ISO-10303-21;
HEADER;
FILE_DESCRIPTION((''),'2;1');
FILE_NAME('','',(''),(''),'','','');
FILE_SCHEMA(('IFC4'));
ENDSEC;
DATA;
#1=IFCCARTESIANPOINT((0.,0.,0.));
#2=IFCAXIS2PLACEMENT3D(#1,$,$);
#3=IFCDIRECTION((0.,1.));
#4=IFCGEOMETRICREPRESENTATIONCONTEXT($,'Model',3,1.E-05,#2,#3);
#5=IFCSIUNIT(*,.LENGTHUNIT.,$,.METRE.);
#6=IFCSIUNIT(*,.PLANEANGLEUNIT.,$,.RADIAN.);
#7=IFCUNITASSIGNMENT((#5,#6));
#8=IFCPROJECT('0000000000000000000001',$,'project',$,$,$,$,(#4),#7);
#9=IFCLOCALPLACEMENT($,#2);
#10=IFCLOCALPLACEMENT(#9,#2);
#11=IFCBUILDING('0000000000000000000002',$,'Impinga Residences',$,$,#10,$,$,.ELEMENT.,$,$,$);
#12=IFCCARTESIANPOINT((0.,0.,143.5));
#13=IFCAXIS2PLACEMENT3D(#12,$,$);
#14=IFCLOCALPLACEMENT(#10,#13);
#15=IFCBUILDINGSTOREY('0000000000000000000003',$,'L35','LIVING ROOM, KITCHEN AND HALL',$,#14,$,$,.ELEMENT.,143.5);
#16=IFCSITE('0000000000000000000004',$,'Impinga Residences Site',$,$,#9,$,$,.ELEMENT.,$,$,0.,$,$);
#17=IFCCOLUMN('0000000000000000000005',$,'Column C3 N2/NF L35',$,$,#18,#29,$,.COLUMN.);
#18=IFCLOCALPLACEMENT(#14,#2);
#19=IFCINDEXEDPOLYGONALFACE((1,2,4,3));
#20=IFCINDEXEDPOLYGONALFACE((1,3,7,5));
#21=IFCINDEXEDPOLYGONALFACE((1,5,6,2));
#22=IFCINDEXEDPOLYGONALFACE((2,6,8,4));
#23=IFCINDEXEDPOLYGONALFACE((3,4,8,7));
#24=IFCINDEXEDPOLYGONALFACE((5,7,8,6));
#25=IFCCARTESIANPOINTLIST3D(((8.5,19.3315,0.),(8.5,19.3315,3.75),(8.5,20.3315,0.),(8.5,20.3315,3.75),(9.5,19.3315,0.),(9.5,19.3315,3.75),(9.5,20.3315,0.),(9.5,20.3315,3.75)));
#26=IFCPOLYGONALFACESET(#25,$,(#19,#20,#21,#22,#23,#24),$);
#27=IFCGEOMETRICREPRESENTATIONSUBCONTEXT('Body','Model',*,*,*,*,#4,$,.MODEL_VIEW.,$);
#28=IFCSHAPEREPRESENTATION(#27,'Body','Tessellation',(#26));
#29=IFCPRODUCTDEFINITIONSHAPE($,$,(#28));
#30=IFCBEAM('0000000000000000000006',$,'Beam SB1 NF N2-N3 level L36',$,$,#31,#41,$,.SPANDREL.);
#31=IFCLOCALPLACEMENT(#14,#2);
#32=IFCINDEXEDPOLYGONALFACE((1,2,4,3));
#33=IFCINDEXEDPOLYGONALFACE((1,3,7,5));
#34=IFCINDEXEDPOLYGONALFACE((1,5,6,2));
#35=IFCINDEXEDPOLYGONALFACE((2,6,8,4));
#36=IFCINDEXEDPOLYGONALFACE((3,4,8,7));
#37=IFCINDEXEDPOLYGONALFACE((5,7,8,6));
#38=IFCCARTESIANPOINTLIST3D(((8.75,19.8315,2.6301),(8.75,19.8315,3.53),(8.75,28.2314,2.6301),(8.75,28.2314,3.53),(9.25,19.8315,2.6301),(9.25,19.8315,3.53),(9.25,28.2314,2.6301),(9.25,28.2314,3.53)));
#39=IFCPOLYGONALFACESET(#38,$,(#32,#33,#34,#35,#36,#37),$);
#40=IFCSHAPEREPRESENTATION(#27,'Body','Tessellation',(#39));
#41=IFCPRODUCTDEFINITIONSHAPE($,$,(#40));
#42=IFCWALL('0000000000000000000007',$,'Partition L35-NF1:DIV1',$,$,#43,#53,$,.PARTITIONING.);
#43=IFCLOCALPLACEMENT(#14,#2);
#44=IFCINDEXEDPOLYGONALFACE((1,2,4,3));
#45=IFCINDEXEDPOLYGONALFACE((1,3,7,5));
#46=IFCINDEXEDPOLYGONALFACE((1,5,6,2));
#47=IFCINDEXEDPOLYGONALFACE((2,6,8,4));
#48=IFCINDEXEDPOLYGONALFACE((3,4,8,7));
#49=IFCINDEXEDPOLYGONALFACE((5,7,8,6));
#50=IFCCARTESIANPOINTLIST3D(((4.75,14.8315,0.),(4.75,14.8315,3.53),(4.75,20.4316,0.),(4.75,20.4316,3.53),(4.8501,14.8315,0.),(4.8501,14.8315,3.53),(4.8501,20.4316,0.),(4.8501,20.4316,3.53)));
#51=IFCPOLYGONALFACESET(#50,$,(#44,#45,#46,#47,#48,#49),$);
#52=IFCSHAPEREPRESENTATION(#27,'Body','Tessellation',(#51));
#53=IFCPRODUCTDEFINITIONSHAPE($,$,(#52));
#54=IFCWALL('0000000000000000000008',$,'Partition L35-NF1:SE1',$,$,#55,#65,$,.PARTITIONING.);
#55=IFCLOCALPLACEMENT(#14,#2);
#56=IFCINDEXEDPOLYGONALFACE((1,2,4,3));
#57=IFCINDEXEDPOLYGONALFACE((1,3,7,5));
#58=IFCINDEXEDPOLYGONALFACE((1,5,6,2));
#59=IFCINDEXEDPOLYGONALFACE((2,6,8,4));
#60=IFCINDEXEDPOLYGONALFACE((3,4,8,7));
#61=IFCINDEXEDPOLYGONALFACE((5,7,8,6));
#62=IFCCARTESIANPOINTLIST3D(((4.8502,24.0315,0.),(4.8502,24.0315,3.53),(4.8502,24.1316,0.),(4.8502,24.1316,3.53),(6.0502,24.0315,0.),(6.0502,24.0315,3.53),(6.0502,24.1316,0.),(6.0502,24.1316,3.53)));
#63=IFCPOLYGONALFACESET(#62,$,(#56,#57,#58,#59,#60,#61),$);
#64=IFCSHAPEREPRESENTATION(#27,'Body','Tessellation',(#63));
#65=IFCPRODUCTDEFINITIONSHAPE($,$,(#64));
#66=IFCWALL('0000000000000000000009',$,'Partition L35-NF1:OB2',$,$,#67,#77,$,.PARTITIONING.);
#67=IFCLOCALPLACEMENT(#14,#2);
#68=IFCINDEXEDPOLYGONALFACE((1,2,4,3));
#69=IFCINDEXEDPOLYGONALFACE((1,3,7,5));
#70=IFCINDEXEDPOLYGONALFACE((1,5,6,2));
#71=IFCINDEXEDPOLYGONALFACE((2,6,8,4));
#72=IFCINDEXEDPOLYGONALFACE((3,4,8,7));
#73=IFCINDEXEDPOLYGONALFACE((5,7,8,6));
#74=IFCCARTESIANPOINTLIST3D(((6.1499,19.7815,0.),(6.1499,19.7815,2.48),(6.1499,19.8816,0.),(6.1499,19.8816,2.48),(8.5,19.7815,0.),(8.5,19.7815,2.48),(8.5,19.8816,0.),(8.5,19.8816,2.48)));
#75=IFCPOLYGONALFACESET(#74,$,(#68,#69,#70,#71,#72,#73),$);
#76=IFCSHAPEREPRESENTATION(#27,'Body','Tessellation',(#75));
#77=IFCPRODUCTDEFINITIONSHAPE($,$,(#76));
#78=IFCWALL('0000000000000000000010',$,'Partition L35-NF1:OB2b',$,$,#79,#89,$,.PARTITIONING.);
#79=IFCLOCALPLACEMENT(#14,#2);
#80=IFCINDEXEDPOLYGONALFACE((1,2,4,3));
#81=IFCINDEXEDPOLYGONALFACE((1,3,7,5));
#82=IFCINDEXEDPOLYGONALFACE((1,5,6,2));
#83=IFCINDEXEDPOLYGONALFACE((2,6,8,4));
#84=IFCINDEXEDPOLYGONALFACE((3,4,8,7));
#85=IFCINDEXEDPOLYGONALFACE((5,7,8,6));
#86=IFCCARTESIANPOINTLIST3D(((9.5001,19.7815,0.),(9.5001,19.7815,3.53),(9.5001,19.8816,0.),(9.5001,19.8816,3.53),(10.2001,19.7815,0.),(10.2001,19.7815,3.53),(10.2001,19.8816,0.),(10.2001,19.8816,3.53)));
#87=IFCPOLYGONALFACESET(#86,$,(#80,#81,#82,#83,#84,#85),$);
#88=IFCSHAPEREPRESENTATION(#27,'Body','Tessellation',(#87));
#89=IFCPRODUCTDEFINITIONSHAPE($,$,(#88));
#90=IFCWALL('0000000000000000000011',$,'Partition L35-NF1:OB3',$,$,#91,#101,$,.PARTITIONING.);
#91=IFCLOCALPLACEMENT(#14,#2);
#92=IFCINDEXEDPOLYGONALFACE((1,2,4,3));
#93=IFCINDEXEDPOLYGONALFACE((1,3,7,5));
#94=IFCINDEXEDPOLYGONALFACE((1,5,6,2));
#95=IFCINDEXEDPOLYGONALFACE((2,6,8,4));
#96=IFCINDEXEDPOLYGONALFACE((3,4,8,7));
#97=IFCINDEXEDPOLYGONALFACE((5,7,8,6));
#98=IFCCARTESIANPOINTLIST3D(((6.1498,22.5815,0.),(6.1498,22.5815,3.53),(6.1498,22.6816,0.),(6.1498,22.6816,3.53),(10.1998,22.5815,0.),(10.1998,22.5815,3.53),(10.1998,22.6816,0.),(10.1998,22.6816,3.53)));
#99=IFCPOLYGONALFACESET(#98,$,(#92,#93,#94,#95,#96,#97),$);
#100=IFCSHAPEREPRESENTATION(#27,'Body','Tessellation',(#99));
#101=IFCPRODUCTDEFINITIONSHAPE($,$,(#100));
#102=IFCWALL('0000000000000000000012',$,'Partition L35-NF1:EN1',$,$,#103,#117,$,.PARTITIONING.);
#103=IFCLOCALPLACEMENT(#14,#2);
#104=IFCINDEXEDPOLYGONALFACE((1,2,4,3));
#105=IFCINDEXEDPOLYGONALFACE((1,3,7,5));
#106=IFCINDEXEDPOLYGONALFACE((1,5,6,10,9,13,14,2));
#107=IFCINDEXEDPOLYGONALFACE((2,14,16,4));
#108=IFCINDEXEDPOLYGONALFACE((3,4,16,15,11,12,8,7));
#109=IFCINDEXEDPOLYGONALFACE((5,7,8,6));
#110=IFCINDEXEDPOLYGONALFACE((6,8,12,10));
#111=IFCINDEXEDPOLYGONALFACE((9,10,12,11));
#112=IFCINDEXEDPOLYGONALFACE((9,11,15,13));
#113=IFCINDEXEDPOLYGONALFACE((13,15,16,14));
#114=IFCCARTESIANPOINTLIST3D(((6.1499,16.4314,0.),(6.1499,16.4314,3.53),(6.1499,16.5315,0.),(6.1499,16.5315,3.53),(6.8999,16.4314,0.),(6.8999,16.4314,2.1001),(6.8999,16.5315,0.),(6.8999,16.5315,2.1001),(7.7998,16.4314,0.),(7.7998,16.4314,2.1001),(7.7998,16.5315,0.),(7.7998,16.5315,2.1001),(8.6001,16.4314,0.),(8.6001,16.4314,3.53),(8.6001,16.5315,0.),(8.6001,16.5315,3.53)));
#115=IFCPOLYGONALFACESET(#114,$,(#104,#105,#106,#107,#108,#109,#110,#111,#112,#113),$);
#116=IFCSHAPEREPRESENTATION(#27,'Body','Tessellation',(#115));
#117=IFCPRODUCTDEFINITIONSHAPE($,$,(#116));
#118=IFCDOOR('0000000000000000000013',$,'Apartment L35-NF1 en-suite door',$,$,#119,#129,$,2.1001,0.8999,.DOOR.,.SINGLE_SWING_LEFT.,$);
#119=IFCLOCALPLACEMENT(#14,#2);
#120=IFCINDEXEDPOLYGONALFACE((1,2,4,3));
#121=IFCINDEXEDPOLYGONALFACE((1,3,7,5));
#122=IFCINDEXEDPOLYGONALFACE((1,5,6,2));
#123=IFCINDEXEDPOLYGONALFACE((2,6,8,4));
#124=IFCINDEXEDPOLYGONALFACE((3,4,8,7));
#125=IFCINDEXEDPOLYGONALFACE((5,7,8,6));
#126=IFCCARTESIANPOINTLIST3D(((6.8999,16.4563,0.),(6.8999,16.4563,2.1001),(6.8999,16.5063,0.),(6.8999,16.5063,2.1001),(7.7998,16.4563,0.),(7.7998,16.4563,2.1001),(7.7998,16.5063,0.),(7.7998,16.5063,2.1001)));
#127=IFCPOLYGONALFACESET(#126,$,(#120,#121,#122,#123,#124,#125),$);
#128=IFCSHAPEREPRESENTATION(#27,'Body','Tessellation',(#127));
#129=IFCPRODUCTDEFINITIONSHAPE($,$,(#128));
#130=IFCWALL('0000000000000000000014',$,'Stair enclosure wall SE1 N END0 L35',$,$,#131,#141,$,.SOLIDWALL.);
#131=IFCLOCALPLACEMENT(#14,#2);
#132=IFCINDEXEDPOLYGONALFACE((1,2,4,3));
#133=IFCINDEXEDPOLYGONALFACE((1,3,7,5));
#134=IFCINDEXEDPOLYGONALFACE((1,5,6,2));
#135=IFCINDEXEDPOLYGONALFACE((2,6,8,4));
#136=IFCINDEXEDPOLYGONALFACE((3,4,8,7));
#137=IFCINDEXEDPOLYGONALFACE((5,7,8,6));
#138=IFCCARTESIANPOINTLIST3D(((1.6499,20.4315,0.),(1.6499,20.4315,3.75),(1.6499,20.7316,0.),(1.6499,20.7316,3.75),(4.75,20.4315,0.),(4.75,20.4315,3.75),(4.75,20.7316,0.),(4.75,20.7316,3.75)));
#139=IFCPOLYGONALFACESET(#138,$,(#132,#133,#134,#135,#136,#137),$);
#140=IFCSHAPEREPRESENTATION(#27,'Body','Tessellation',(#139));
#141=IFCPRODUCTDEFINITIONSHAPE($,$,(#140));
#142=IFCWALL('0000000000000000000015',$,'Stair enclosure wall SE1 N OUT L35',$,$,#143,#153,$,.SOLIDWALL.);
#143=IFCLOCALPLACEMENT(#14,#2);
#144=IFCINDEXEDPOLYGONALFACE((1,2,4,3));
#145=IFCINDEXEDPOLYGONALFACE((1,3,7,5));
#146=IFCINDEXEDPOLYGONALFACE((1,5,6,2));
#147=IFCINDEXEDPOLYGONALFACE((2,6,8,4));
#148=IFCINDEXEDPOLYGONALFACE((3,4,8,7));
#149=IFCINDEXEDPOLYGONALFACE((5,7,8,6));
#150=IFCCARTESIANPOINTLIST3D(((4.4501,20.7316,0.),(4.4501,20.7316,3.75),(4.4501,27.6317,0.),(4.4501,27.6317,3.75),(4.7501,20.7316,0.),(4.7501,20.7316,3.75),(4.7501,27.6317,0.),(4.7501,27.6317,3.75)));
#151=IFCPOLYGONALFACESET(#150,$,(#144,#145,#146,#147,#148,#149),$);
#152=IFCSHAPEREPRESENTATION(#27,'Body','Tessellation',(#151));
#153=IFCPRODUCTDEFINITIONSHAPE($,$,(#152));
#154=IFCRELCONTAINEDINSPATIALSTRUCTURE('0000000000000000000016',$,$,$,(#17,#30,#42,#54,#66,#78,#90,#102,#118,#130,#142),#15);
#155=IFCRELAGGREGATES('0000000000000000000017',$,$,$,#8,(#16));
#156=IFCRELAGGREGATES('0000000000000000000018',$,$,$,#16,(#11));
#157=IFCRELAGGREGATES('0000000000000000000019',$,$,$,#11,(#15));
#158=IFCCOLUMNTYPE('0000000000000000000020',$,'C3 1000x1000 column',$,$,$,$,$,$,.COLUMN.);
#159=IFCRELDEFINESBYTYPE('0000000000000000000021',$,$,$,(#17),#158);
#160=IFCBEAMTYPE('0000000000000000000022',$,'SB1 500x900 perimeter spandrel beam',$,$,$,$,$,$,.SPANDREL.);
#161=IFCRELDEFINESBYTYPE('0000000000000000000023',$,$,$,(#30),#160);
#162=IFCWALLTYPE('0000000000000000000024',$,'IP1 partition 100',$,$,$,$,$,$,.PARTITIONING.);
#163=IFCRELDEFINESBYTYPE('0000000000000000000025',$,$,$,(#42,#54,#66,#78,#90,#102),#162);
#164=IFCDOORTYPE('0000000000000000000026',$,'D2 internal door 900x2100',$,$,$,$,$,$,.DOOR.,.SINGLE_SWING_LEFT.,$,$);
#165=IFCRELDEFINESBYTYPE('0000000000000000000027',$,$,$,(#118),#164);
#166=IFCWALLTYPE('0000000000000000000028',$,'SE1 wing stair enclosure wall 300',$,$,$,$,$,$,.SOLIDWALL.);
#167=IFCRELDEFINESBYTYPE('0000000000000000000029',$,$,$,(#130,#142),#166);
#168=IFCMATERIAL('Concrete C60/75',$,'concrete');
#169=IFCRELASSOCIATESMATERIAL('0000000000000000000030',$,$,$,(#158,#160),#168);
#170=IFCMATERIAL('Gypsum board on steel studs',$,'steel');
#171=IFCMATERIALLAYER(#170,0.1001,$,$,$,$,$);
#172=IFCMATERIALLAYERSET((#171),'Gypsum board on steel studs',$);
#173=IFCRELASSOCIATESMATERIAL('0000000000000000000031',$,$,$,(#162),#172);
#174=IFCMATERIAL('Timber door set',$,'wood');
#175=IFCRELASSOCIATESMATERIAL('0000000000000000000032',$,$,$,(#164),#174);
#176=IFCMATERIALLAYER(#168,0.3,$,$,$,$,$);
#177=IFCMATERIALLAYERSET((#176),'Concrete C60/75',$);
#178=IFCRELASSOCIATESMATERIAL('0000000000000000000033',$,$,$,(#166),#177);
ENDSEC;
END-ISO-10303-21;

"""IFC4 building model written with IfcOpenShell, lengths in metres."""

from ifc_helpers import new_model, si_unit, direction, frame, frame_2d, origin, origin_2d, place, context, subcontext, project, spatial, rectangle, extrude, material, layer, layer_set, material_profile, profile_set, type_object, element, fill, save


model = new_model("IFC4")

# Units and contexts
model_context = context("Model", 3, precision=1e-05, world=origin(), true_north=direction((0.0, 1.0)))
body_context = subcontext(model_context, "Body", "Model", "MODEL_VIEW")
ifc_project = project(units=[si_unit("LENGTHUNIT", "METRE"), si_unit("PLANEANGLEUNIT", "RADIAN")], contexts=[model_context])

# Site, building, storey
site_placement = place(None, origin())
site = spatial("IfcSite", under=ifc_project, at=site_placement, Name="Impinga Residences Site", CompositionType="ELEMENT", RefElevation=0.0)
building_placement = place(site_placement, origin())
building = spatial("IfcBuilding", under=site, at=building_placement, Name="Impinga Residences", CompositionType="ELEMENT")
storey_placement = place(building_placement, frame((0.0, 0.0, 143.5)))
storey = spatial("IfcBuildingStorey", under=building, at=storey_placement, Name="L35", Description="LIVING ROOM, KITCHEN AND HALL", CompositionType="ELEMENT", Elevation=143.5)

# Column
ifc_material_1 = material(Name="Concrete C60/75", Category="concrete")
ifc_material_profile_1 = material_profile(ifc_material_1, rectangle(XDim=1.0, YDim=1.0, at=origin_2d()), Name="RC 1000x1000")
ifc_profile_set_1 = profile_set([ifc_material_profile_1], Name="Concrete C60/75")
column_type = type_object("IfcColumnType", Name="C3 1000x1000 column", PredefinedType="COLUMN", material=ifc_profile_set_1)
column_placement = place(storey_placement, frame((9.0, 19.8315, 0.0), z_axis=(0.0, 0.0, 1.0), x_axis=(1.0, 0.0, 0.0)))
element("IfcColumn", 1, at=column_placement, inside=storey, type_object=column_type, Name="Column C3 N2/NF L35", PredefinedType="COLUMN", context=body_context, shape_type="SweptSolid", body=[
    extrude(rectangle(XDim=1.0, YDim=1.0, at=origin_2d()), origin(), (0.0, 0.0, 1.0), 3.75),
])

# Beam
ifc_material_profile_2 = material_profile(ifc_material_1, rectangle(XDim=0.5, YDim=0.8999, at=origin_2d()), Name="RC 500x900")
ifc_profile_set_2 = profile_set([ifc_material_profile_2], Name="Concrete C60/75")
beam_type = type_object("IfcBeamType", Name="SB1 500x900 perimeter spandrel beam", PredefinedType="SPANDREL", material=ifc_profile_set_2)
beam_placement = place(storey_placement, frame((9.0, 19.8315, 3.0801), z_axis=(0.0, 1.0, 0.0), x_axis=(-1.0, 0.0, 0.0)))
element("IfcBeam", 2, at=beam_placement, inside=storey, type_object=beam_type, Name="Beam SB1 NF N2-N3 level L36", PredefinedType="SPANDREL", context=body_context, shape_type="SweptSolid", body=[
    extrude(rectangle(XDim=0.5, YDim=0.8999, at=origin_2d()), origin(), (0.0, 0.0, 1.0), 8.3999),
])

# Walls
ifc_material_2 = material(Name="Gypsum board on steel studs", Category="steel")
ifc_layer_1 = layer(ifc_material_2, 0.1001)
ifc_layer_set_1 = layer_set([ifc_layer_1], Name="Gypsum board on steel studs")
wall_type_1 = type_object("IfcWallType", Name="IP1 partition 100", PredefinedType="PARTITIONING", material=ifc_layer_set_1)
wall_1_placement = place(storey_placement, frame((4.8, 14.8315, 0.0), z_axis=(0.0, 0.0, 1.0), x_axis=(0.0, 1.0, 0.0)))
element("IfcWall", 3, at=wall_1_placement, inside=storey, type_object=wall_type_1, Name="Partition L35-NF1:DIV1", PredefinedType="PARTITIONING", context=body_context, shape_type="SweptSolid", body=[
    extrude(rectangle(XDim=5.6001, YDim=0.1001, at=frame_2d((2.8, 0.0))), origin(), (0.0, 0.0, 1.0), 3.53),
])
wall_2_placement = place(storey_placement, frame((4.8501, 24.0815, 0.0), z_axis=(0.0, 0.0, 1.0), x_axis=(1.0, 0.0, 0.0)))
element("IfcWall", 4, at=wall_2_placement, inside=storey, type_object=wall_type_1, Name="Partition L35-NF1:SE1", PredefinedType="PARTITIONING", context=body_context, shape_type="SweptSolid", body=[
    extrude(rectangle(XDim=1.2, YDim=0.1001, at=frame_2d((0.6001, 0.0))), origin(), (0.0, 0.0, 1.0), 3.53),
])
wall_3_placement = place(storey_placement, frame((6.1499, 19.8315, 0.0), z_axis=(0.0, 0.0, 1.0), x_axis=(1.0, 0.0, 0.0)))
element("IfcWall", 5, at=wall_3_placement, inside=storey, type_object=wall_type_1, Name="Partition L35-NF1:OB2", PredefinedType="PARTITIONING", context=body_context, shape_type="SweptSolid", body=[
    extrude(rectangle(XDim=2.3501, YDim=0.1001, at=frame_2d((1.175, 0.0))), origin(), (0.0, 0.0, 1.0), 2.48),
])
wall_4_placement = place(storey_placement, frame((9.5, 19.8315, 0.0), z_axis=(0.0, 0.0, 1.0), x_axis=(1.0, 0.0, 0.0)))
element("IfcWall", 6, at=wall_4_placement, inside=storey, type_object=wall_type_1, Name="Partition L35-NF1:OB2b", PredefinedType="PARTITIONING", context=body_context, shape_type="SweptSolid", body=[
    extrude(rectangle(XDim=0.7, YDim=0.1001, at=frame_2d((0.3501, 0.0))), origin(), (0.0, 0.0, 1.0), 3.53),
])
wall_5_placement = place(storey_placement, frame((6.1499, 22.6316, 0.0), z_axis=(0.0, 0.0, 1.0), x_axis=(1.0, 0.0, 0.0)))
element("IfcWall", 7, at=wall_5_placement, inside=storey, type_object=wall_type_1, Name="Partition L35-NF1:OB3", PredefinedType="PARTITIONING", context=body_context, shape_type="SweptSolid", body=[
    extrude(rectangle(XDim=4.05, YDim=0.1001, at=frame_2d((2.0249, 0.0))), origin(), (0.0, 0.0, 1.0), 3.53),
])

# Wall, opening, door
wall_6_placement = place(storey_placement, frame((6.1499, 16.4814, 0.0), z_axis=(0.0, 0.0, 1.0), x_axis=(1.0, 0.0, 0.0)))
wall_6 = element("IfcWall", 8, at=wall_6_placement, inside=storey, type_object=wall_type_1, Name="Partition L35-NF1:EN1", PredefinedType="PARTITIONING", context=body_context, shape_type="SweptSolid", body=[
    extrude(rectangle(XDim=2.4502, YDim=0.1001, at=frame_2d((1.2251, 0.0))), origin(), (0.0, 0.0, 1.0), 3.53),
])
opening_placement = place(wall_6_placement, frame((0.75, 0.0, 0.0)))
opening = element("IfcOpeningElement", 9, at=opening_placement, cuts=wall_6, PredefinedType="OPENING", context=body_context, shape_type="SweptSolid", body=[
    extrude(rectangle(XDim=0.8999, YDim=2.1001, at=frame_2d((0.45, 1.05))), frame((0.0, 0.0601, 0.0), z_axis=(0.0, -1.0, 0.0), x_axis=(1.0, 0.0, 0.0)), (0.0, 0.0, 1.0), 0.1201),
])
ifc_material_3 = material(Name="Timber door set", Category="wood")
door_type = type_object("IfcDoorType", Name="D2 internal door 900x2100", OperationType="SINGLE_SWING_LEFT", PredefinedType="DOOR", material=ifc_material_3)
door_placement = place(opening_placement, origin())
door = element("IfcDoor", 10, at=door_placement, inside=storey, type_object=door_type, Name="Apartment L35-NF1 en-suite door", OperationType="SINGLE_SWING_LEFT", OverallHeight=2.1001, OverallWidth=0.8999, PredefinedType="DOOR", context=body_context, shape_type="SweptSolid", body=[
    extrude(rectangle(XDim=0.8999, YDim=2.1001, at=frame_2d((0.45, 1.05))), frame((0.0, 0.0249, 0.0), z_axis=(0.0, -1.0, 0.0), x_axis=(1.0, 0.0, 0.0)), (0.0, 0.0, 1.0), 0.05),
])
fill(opening, door)

# Walls
ifc_layer_2 = layer(ifc_material_1, 0.3)
ifc_layer_set_2 = layer_set([ifc_layer_2], Name="Concrete C60/75")
wall_type_2 = type_object("IfcWallType", Name="SE1 wing stair enclosure wall 300", PredefinedType="SOLIDWALL", material=ifc_layer_set_2)
wall_7_placement = place(storey_placement, frame((1.6499, 20.5815, 0.0), z_axis=(0.0, 0.0, 1.0), x_axis=(1.0, 0.0, 0.0)))
element("IfcWall", 11, at=wall_7_placement, inside=storey, type_object=wall_type_2, Name="Stair enclosure wall SE1 N END0 L35", PredefinedType="SOLIDWALL", context=body_context, shape_type="SweptSolid", body=[
    extrude(rectangle(XDim=3.1001, YDim=0.3, at=frame_2d((1.55, 0.0))), origin(), (0.0, 0.0, 1.0), 3.75),
])
wall_8_placement = place(storey_placement, frame((4.6001, 20.7314, 0.0), z_axis=(0.0, 0.0, 1.0), x_axis=(0.0, 1.0, 0.0)))
element("IfcWall", 12, at=wall_8_placement, inside=storey, type_object=wall_type_2, Name="Stair enclosure wall SE1 N OUT L35", PredefinedType="SOLIDWALL", context=body_context, shape_type="SweptSolid", body=[
    extrude(rectangle(XDim=6.9001, YDim=0.3, at=frame_2d((3.4502, 0.0))), origin(), (0.0, 0.0, 1.0), 3.75),
])

save(model, "model.ifc")
